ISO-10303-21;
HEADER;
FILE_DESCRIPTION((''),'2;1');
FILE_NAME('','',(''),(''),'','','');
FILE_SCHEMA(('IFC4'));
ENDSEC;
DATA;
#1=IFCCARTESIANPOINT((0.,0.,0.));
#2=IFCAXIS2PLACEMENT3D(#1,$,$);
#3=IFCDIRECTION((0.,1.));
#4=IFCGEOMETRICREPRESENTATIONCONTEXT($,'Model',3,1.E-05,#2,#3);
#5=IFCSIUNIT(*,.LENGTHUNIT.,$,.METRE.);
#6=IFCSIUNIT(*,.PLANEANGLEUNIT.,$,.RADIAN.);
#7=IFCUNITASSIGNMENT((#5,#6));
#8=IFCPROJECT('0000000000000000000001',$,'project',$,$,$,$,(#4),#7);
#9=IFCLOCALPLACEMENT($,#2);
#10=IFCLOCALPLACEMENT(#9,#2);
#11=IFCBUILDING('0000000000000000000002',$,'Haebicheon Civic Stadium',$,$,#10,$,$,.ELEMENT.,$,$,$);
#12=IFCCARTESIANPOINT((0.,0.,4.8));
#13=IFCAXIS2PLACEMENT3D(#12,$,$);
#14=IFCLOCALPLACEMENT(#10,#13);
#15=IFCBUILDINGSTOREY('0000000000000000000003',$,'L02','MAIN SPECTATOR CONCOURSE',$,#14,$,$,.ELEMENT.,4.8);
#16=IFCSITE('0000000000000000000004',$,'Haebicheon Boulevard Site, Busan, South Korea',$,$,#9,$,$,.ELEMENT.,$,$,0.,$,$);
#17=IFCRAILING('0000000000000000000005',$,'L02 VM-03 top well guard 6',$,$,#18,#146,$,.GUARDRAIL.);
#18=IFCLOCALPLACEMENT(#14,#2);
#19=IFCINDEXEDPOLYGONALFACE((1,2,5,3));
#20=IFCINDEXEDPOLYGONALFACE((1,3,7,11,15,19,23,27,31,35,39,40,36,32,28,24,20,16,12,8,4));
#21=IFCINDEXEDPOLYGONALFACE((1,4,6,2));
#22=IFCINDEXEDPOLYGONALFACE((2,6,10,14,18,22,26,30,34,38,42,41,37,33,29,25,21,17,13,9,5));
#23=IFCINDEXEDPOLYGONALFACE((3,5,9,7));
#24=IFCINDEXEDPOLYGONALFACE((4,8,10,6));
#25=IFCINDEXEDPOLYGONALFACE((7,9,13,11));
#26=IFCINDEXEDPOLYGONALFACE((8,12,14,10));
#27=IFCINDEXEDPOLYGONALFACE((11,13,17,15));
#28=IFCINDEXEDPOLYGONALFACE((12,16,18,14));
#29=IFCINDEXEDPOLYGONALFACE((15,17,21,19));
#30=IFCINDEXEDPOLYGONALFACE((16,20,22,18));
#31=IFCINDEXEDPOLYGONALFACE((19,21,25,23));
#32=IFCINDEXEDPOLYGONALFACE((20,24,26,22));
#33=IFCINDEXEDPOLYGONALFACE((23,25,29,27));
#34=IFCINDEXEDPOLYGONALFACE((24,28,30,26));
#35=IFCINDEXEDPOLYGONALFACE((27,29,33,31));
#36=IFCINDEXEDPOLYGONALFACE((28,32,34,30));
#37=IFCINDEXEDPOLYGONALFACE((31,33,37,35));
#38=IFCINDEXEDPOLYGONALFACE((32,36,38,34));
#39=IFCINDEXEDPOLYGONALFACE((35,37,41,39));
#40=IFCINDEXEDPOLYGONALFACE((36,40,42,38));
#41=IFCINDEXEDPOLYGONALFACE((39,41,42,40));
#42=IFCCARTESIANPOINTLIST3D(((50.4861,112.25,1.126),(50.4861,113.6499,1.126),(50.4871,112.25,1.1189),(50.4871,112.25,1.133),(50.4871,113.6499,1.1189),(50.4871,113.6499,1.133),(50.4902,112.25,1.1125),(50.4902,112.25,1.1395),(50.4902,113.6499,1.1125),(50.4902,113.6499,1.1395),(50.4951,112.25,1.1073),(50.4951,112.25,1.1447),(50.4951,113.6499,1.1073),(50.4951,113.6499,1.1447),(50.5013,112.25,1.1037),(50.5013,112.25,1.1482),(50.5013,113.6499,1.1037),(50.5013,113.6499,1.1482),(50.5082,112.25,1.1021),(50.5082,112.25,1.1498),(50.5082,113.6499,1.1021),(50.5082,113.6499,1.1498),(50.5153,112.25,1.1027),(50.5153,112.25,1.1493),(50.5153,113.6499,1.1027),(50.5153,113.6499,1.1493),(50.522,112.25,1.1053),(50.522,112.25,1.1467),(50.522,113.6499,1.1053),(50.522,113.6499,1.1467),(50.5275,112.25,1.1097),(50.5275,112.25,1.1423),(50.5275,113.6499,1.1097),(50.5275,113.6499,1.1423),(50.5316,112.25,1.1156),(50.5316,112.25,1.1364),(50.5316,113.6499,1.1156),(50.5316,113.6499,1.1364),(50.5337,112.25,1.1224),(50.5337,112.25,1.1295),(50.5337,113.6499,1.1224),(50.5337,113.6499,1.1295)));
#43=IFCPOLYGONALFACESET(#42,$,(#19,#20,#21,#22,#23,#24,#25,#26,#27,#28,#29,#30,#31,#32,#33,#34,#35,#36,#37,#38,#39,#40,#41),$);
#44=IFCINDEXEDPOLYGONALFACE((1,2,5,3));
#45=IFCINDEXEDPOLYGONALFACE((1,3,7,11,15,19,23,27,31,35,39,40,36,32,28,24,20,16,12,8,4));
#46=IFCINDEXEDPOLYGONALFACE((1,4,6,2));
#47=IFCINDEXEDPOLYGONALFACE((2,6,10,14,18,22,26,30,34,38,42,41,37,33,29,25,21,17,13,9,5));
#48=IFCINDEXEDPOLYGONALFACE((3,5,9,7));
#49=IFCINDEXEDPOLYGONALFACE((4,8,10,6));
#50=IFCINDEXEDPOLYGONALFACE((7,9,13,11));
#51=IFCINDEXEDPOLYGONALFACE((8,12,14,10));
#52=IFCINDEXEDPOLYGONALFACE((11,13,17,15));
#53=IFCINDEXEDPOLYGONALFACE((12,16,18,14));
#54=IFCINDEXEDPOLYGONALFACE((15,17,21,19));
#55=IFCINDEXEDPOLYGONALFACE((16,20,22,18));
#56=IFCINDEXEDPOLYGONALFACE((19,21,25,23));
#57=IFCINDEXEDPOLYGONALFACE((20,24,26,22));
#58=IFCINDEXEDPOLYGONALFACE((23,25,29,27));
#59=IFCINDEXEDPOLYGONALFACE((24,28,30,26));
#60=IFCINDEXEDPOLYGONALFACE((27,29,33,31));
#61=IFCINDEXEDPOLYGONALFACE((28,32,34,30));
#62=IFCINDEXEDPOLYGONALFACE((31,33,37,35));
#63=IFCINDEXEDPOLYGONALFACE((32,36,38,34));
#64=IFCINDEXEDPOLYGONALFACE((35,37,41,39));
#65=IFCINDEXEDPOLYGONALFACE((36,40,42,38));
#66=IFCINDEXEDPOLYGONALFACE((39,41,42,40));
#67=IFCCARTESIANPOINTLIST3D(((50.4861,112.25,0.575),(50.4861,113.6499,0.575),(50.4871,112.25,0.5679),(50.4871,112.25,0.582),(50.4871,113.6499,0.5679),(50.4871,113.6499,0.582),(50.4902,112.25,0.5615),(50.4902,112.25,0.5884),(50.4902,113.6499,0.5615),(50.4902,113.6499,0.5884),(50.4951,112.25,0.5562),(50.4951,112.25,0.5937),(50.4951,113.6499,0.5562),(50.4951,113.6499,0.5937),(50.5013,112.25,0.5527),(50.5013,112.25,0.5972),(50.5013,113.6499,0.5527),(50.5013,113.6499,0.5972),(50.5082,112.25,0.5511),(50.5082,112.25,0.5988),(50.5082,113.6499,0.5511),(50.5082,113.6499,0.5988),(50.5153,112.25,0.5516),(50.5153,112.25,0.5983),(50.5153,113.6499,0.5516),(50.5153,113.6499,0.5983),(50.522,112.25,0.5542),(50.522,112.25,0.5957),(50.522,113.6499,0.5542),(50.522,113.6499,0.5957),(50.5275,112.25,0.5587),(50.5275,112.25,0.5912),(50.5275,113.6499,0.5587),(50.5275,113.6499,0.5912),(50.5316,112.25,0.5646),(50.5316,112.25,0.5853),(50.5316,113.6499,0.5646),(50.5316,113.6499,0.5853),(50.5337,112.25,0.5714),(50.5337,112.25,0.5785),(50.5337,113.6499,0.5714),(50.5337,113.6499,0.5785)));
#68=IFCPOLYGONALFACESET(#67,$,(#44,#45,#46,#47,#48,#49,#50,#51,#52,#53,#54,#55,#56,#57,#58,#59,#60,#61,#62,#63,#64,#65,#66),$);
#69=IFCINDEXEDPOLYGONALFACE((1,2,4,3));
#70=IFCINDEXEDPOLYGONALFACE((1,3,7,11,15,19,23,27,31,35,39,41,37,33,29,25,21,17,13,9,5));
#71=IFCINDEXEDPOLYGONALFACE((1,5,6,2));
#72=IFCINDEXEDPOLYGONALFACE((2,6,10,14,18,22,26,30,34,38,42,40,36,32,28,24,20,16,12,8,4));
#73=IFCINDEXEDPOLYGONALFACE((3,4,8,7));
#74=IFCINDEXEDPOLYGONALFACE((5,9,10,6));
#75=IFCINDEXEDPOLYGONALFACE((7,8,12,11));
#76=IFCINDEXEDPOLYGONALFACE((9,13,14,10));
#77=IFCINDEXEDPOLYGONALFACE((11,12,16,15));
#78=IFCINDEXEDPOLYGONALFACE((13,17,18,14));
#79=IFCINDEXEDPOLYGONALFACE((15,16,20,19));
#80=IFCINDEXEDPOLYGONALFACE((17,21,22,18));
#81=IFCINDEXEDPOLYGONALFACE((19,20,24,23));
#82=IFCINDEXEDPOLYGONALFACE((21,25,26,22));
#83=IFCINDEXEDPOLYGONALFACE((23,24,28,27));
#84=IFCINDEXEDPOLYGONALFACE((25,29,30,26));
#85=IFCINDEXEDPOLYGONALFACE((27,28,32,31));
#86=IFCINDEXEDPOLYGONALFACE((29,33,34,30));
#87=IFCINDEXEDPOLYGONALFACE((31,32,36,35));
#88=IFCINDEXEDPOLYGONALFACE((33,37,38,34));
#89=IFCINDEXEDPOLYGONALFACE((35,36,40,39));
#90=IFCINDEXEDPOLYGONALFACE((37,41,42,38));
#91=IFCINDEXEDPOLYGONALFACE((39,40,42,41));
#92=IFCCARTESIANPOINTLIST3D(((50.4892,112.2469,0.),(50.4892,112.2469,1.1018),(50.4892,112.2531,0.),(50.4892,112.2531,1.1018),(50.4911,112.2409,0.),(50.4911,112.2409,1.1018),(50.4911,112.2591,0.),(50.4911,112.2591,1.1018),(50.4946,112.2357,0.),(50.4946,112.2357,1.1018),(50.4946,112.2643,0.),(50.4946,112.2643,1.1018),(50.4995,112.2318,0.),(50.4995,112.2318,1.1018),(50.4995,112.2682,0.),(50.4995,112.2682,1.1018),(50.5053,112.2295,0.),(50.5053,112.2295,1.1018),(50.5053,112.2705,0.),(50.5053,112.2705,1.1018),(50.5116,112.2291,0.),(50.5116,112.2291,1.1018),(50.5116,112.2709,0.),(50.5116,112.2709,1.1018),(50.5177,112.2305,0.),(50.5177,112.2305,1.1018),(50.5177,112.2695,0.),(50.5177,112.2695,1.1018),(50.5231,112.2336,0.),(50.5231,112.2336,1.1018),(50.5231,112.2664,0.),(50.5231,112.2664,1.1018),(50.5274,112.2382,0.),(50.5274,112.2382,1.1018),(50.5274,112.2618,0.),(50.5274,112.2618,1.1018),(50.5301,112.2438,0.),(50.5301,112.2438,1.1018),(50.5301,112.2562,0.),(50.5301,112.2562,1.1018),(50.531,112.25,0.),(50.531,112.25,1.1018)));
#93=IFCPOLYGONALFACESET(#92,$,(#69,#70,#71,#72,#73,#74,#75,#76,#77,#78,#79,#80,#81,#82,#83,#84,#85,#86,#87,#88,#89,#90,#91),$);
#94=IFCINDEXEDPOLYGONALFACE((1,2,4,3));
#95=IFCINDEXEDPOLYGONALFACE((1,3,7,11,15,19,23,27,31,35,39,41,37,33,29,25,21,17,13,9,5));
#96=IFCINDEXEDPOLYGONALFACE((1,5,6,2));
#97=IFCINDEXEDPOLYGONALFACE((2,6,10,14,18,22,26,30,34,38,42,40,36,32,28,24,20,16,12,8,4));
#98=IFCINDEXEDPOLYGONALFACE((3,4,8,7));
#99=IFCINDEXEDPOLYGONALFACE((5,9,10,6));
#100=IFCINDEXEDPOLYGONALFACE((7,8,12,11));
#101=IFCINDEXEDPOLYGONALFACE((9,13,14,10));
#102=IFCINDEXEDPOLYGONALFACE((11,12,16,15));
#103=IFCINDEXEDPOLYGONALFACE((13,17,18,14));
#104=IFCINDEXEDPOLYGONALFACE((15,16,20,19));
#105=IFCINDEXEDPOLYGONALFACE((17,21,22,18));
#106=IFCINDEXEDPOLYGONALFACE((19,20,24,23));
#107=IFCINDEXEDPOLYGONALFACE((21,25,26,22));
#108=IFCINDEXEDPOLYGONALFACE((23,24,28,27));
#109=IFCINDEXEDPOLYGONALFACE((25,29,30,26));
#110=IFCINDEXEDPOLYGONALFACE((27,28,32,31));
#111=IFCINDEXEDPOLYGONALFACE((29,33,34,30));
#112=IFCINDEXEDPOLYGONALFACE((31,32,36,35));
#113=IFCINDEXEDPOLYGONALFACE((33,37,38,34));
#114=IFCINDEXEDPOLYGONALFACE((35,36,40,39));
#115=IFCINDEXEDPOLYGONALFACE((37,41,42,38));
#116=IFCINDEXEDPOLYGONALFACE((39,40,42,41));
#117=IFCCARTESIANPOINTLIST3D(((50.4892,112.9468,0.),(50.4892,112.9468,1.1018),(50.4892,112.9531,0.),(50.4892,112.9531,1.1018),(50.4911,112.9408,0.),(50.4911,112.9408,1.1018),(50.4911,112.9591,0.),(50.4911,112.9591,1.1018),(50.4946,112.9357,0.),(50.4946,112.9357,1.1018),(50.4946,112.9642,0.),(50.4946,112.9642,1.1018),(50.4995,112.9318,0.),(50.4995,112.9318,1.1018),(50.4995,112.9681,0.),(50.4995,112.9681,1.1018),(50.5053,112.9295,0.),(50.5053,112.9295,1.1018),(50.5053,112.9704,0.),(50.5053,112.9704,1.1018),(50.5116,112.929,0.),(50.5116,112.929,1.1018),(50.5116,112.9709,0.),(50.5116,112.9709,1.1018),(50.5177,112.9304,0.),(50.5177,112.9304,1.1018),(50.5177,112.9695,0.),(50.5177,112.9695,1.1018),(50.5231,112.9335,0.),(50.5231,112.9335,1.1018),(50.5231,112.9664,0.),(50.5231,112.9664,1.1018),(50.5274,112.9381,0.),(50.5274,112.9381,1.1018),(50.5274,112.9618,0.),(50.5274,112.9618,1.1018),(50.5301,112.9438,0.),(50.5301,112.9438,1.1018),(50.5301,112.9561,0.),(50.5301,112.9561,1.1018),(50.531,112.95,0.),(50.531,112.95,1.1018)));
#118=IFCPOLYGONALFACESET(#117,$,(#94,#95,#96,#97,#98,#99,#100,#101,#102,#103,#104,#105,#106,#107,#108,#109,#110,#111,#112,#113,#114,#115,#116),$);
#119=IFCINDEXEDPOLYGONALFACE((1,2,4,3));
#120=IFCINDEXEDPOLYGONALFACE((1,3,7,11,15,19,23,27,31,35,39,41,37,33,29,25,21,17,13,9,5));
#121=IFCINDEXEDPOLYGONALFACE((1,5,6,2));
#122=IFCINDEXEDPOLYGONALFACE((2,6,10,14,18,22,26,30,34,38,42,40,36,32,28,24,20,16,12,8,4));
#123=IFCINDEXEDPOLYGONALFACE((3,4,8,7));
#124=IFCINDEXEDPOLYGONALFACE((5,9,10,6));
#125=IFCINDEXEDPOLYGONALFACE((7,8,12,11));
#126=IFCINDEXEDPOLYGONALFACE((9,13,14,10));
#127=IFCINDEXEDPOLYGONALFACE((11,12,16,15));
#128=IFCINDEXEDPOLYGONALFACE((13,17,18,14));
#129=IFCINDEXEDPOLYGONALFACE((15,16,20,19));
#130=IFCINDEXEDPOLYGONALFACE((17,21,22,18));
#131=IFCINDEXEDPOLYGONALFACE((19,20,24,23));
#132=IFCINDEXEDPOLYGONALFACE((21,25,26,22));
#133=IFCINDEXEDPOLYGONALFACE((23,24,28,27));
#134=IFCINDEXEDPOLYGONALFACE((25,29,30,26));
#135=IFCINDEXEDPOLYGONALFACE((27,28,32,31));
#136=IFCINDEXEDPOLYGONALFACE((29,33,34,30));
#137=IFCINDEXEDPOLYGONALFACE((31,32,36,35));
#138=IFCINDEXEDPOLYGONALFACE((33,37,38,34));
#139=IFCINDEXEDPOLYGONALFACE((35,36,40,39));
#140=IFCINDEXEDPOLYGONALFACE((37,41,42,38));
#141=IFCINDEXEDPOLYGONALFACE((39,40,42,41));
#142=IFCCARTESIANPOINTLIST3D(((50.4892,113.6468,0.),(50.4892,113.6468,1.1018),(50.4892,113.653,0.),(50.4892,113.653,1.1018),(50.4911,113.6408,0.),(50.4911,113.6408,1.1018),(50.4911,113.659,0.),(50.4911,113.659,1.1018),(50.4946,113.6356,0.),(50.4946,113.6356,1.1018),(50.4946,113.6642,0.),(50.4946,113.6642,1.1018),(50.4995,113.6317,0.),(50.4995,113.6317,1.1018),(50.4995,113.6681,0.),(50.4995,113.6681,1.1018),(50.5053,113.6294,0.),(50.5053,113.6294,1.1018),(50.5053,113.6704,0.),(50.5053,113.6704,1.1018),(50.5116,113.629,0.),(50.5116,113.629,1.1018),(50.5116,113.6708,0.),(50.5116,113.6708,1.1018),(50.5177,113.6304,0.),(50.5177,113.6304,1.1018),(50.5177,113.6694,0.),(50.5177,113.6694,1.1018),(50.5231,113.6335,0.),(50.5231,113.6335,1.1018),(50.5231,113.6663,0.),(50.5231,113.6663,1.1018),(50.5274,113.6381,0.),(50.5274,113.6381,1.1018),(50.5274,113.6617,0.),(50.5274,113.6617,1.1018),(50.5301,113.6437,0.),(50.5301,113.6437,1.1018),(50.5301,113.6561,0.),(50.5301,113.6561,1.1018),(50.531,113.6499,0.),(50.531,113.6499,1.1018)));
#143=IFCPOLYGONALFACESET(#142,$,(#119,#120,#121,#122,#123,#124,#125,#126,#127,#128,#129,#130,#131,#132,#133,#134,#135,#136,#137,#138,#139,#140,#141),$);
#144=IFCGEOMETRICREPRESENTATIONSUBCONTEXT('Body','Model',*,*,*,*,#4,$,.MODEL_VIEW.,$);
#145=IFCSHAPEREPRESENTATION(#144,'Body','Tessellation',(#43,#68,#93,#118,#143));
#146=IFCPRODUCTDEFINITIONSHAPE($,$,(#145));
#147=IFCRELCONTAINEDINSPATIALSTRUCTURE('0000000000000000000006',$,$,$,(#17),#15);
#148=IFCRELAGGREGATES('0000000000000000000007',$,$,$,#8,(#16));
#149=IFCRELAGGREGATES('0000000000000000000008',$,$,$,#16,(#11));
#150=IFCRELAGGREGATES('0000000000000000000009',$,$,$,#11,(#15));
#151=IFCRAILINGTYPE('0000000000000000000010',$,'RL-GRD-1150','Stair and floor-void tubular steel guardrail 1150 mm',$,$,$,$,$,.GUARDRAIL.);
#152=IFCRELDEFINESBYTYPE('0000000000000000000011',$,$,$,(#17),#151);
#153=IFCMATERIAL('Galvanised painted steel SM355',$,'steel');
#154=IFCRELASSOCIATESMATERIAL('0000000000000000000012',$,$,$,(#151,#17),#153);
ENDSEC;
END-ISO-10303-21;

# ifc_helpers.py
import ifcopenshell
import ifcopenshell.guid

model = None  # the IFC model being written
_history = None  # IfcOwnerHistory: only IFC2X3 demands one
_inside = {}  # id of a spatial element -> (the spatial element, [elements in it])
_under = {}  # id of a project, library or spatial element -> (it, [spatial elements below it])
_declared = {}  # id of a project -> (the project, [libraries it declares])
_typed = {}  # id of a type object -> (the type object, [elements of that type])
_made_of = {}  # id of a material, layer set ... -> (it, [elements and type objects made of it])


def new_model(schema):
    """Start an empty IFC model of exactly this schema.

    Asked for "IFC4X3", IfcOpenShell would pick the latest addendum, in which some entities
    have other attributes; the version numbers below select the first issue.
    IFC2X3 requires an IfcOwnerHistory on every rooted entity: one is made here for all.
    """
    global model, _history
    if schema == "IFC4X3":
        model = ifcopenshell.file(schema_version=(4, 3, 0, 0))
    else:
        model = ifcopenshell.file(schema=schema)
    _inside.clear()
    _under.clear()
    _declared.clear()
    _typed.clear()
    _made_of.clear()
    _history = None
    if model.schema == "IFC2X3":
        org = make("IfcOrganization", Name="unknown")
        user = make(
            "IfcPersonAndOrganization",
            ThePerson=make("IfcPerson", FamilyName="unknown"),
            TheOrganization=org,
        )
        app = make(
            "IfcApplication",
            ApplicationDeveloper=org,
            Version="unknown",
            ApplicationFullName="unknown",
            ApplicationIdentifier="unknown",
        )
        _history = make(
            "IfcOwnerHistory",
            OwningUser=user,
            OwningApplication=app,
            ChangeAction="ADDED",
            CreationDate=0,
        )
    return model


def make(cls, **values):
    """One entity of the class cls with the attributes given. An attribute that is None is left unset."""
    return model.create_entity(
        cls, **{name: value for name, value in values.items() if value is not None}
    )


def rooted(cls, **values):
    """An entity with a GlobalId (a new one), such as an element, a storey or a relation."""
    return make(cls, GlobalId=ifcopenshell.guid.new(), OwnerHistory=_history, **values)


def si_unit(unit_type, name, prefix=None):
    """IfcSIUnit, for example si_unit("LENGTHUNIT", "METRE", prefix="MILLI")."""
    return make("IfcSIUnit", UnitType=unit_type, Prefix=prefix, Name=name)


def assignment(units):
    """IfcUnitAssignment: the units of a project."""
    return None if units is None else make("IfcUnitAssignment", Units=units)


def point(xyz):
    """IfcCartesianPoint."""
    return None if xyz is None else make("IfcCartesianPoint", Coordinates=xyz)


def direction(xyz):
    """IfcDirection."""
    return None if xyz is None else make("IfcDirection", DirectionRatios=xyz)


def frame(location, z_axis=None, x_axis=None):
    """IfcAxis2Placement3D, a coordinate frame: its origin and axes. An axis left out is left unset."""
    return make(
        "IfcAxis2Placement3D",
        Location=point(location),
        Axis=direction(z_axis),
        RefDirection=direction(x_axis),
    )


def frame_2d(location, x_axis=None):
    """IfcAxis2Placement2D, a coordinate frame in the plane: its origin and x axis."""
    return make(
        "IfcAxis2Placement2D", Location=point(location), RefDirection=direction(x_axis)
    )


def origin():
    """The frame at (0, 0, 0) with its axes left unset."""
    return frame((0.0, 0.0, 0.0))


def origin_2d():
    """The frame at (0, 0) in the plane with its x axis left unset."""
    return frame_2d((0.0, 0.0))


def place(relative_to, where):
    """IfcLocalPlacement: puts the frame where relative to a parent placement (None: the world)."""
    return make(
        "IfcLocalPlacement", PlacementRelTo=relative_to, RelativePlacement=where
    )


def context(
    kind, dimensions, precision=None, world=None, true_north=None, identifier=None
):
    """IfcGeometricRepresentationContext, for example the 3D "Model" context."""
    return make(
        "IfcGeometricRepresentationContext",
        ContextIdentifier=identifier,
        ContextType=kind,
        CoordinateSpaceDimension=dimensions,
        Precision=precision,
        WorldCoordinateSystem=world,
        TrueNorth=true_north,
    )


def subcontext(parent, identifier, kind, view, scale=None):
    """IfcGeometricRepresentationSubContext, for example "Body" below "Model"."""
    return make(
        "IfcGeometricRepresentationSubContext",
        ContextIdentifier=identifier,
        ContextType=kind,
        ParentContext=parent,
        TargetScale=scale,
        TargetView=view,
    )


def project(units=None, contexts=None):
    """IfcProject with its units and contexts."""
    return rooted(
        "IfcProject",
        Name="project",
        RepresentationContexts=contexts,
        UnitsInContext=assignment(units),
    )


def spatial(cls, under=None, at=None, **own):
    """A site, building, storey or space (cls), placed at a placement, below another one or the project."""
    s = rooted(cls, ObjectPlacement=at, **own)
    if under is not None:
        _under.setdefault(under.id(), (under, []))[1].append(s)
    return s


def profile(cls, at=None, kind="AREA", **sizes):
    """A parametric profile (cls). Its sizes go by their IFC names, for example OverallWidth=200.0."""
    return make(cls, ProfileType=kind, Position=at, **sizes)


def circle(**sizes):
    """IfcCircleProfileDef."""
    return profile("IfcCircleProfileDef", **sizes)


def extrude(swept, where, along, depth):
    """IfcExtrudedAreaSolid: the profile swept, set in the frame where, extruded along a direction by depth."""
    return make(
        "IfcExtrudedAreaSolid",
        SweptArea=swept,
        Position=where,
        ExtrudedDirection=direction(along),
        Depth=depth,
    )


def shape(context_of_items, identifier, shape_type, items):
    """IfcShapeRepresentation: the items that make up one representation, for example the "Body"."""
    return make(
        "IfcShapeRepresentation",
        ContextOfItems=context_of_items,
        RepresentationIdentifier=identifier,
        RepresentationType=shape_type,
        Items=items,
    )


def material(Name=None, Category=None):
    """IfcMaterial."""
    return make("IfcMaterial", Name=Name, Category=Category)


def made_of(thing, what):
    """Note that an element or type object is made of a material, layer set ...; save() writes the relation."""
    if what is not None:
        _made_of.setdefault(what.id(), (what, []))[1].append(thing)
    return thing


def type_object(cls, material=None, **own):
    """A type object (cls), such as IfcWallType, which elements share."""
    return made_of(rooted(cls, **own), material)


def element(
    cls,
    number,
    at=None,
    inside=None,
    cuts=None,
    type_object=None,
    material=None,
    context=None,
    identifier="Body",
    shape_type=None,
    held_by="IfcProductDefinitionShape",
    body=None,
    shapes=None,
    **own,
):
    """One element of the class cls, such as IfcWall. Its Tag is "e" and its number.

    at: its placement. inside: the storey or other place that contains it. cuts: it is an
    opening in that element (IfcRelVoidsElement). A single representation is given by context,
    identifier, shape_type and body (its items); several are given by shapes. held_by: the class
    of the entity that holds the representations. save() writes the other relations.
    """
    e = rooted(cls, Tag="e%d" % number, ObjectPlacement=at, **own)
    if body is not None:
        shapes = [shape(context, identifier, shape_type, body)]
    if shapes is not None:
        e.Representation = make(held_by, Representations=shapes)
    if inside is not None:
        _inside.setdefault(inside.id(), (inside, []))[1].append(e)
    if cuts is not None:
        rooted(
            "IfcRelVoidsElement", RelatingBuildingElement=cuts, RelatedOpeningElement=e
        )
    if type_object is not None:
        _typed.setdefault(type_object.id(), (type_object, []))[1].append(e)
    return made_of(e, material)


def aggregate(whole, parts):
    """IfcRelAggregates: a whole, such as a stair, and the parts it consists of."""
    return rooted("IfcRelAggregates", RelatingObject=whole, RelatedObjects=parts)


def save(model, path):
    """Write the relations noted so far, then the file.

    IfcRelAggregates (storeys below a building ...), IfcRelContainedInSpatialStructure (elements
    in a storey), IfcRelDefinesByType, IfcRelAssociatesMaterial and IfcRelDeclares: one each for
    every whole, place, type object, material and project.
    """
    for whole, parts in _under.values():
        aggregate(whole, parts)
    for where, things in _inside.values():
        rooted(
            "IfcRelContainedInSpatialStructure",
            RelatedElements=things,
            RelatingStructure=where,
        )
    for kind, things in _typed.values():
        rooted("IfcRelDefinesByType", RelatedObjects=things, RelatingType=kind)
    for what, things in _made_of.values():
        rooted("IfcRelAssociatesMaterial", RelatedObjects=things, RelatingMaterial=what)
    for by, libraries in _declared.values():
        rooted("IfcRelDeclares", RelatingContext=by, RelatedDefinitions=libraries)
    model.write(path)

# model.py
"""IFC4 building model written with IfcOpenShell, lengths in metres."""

from ifc_helpers import new_model, si_unit, direction, frame, origin, origin_2d, place, context, subcontext, project, spatial, circle, extrude, material, type_object, element, save


model = new_model("IFC4")

# Units and contexts
model_context = context("Model", 3, precision=1e-05, world=origin(), true_north=direction((0.0, 1.0)))
body_context = subcontext(model_context, "Body", "Model", "MODEL_VIEW")
ifc_project = project(units=[si_unit("LENGTHUNIT", "METRE"), si_unit("PLANEANGLEUNIT", "RADIAN")], contexts=[model_context])

# Site, building, storey
site_placement = place(None, origin())
site = spatial("IfcSite", under=ifc_project, at=site_placement, Name="Haebicheon Boulevard Site, Busan, South Korea", CompositionType="ELEMENT", RefElevation=0.0)
building_placement = place(site_placement, origin())
building = spatial("IfcBuilding", under=site, at=building_placement, Name="Haebicheon Civic Stadium", CompositionType="ELEMENT")
storey_placement = place(building_placement, frame((0.0, 0.0, 4.8)))
storey = spatial("IfcBuildingStorey", under=building, at=storey_placement, Name="L02", Description="MAIN SPECTATOR CONCOURSE", CompositionType="ELEMENT", Elevation=4.8)

# Railing
ifc_material_1 = material(Name="Galvanised painted steel SM355", Category="steel")
railing_type = type_object("IfcRailingType", Name="RL-GRD-1150", Description="Stair and floor-void tubular steel guardrail 1150 mm", PredefinedType="GUARDRAIL", material=ifc_material_1)
for number, where, name in (
    (1, (50.51, 112.25, 0.0), "L02 VM-03 top well guard 6"),
):
    element("IfcRailing", number, at=place(storey_placement, frame(where)), inside=storey, type_object=railing_type, material=ifc_material_1, Name=name, PredefinedType="GUARDRAIL", context=body_context, shape_type="SweptSolid", body=[
        extrude(circle(Radius=0.0239, at=origin_2d()), frame((0.0, 0.0, 1.126), z_axis=(0.0, 1.0, 0.0), x_axis=(-1.0, 0.0, 0.0)), (0.0, 0.0, 1.0), 1.3999),
        extrude(circle(Radius=0.0239, at=origin_2d()), frame((0.0, 0.0, 0.575), z_axis=(0.0, 1.0, 0.0), x_axis=(-1.0, 0.0, 0.0)), (0.0, 0.0, 1.0), 1.3999),
        extrude(circle(Radius=0.021, at=origin_2d()), origin(), (0.0, 0.0, 1.0), 1.1018),
        extrude(circle(Radius=0.021, at=origin_2d()), frame((0.0, 0.7, 0.0)), (0.0, 0.0, 1.0), 1.1018),
        extrude(circle(Radius=0.021, at=origin_2d()), frame((0.0, 1.3999, 0.0)), (0.0, 0.0, 1.0), 1.1018),
    ])

save(model, "model.ifc")
